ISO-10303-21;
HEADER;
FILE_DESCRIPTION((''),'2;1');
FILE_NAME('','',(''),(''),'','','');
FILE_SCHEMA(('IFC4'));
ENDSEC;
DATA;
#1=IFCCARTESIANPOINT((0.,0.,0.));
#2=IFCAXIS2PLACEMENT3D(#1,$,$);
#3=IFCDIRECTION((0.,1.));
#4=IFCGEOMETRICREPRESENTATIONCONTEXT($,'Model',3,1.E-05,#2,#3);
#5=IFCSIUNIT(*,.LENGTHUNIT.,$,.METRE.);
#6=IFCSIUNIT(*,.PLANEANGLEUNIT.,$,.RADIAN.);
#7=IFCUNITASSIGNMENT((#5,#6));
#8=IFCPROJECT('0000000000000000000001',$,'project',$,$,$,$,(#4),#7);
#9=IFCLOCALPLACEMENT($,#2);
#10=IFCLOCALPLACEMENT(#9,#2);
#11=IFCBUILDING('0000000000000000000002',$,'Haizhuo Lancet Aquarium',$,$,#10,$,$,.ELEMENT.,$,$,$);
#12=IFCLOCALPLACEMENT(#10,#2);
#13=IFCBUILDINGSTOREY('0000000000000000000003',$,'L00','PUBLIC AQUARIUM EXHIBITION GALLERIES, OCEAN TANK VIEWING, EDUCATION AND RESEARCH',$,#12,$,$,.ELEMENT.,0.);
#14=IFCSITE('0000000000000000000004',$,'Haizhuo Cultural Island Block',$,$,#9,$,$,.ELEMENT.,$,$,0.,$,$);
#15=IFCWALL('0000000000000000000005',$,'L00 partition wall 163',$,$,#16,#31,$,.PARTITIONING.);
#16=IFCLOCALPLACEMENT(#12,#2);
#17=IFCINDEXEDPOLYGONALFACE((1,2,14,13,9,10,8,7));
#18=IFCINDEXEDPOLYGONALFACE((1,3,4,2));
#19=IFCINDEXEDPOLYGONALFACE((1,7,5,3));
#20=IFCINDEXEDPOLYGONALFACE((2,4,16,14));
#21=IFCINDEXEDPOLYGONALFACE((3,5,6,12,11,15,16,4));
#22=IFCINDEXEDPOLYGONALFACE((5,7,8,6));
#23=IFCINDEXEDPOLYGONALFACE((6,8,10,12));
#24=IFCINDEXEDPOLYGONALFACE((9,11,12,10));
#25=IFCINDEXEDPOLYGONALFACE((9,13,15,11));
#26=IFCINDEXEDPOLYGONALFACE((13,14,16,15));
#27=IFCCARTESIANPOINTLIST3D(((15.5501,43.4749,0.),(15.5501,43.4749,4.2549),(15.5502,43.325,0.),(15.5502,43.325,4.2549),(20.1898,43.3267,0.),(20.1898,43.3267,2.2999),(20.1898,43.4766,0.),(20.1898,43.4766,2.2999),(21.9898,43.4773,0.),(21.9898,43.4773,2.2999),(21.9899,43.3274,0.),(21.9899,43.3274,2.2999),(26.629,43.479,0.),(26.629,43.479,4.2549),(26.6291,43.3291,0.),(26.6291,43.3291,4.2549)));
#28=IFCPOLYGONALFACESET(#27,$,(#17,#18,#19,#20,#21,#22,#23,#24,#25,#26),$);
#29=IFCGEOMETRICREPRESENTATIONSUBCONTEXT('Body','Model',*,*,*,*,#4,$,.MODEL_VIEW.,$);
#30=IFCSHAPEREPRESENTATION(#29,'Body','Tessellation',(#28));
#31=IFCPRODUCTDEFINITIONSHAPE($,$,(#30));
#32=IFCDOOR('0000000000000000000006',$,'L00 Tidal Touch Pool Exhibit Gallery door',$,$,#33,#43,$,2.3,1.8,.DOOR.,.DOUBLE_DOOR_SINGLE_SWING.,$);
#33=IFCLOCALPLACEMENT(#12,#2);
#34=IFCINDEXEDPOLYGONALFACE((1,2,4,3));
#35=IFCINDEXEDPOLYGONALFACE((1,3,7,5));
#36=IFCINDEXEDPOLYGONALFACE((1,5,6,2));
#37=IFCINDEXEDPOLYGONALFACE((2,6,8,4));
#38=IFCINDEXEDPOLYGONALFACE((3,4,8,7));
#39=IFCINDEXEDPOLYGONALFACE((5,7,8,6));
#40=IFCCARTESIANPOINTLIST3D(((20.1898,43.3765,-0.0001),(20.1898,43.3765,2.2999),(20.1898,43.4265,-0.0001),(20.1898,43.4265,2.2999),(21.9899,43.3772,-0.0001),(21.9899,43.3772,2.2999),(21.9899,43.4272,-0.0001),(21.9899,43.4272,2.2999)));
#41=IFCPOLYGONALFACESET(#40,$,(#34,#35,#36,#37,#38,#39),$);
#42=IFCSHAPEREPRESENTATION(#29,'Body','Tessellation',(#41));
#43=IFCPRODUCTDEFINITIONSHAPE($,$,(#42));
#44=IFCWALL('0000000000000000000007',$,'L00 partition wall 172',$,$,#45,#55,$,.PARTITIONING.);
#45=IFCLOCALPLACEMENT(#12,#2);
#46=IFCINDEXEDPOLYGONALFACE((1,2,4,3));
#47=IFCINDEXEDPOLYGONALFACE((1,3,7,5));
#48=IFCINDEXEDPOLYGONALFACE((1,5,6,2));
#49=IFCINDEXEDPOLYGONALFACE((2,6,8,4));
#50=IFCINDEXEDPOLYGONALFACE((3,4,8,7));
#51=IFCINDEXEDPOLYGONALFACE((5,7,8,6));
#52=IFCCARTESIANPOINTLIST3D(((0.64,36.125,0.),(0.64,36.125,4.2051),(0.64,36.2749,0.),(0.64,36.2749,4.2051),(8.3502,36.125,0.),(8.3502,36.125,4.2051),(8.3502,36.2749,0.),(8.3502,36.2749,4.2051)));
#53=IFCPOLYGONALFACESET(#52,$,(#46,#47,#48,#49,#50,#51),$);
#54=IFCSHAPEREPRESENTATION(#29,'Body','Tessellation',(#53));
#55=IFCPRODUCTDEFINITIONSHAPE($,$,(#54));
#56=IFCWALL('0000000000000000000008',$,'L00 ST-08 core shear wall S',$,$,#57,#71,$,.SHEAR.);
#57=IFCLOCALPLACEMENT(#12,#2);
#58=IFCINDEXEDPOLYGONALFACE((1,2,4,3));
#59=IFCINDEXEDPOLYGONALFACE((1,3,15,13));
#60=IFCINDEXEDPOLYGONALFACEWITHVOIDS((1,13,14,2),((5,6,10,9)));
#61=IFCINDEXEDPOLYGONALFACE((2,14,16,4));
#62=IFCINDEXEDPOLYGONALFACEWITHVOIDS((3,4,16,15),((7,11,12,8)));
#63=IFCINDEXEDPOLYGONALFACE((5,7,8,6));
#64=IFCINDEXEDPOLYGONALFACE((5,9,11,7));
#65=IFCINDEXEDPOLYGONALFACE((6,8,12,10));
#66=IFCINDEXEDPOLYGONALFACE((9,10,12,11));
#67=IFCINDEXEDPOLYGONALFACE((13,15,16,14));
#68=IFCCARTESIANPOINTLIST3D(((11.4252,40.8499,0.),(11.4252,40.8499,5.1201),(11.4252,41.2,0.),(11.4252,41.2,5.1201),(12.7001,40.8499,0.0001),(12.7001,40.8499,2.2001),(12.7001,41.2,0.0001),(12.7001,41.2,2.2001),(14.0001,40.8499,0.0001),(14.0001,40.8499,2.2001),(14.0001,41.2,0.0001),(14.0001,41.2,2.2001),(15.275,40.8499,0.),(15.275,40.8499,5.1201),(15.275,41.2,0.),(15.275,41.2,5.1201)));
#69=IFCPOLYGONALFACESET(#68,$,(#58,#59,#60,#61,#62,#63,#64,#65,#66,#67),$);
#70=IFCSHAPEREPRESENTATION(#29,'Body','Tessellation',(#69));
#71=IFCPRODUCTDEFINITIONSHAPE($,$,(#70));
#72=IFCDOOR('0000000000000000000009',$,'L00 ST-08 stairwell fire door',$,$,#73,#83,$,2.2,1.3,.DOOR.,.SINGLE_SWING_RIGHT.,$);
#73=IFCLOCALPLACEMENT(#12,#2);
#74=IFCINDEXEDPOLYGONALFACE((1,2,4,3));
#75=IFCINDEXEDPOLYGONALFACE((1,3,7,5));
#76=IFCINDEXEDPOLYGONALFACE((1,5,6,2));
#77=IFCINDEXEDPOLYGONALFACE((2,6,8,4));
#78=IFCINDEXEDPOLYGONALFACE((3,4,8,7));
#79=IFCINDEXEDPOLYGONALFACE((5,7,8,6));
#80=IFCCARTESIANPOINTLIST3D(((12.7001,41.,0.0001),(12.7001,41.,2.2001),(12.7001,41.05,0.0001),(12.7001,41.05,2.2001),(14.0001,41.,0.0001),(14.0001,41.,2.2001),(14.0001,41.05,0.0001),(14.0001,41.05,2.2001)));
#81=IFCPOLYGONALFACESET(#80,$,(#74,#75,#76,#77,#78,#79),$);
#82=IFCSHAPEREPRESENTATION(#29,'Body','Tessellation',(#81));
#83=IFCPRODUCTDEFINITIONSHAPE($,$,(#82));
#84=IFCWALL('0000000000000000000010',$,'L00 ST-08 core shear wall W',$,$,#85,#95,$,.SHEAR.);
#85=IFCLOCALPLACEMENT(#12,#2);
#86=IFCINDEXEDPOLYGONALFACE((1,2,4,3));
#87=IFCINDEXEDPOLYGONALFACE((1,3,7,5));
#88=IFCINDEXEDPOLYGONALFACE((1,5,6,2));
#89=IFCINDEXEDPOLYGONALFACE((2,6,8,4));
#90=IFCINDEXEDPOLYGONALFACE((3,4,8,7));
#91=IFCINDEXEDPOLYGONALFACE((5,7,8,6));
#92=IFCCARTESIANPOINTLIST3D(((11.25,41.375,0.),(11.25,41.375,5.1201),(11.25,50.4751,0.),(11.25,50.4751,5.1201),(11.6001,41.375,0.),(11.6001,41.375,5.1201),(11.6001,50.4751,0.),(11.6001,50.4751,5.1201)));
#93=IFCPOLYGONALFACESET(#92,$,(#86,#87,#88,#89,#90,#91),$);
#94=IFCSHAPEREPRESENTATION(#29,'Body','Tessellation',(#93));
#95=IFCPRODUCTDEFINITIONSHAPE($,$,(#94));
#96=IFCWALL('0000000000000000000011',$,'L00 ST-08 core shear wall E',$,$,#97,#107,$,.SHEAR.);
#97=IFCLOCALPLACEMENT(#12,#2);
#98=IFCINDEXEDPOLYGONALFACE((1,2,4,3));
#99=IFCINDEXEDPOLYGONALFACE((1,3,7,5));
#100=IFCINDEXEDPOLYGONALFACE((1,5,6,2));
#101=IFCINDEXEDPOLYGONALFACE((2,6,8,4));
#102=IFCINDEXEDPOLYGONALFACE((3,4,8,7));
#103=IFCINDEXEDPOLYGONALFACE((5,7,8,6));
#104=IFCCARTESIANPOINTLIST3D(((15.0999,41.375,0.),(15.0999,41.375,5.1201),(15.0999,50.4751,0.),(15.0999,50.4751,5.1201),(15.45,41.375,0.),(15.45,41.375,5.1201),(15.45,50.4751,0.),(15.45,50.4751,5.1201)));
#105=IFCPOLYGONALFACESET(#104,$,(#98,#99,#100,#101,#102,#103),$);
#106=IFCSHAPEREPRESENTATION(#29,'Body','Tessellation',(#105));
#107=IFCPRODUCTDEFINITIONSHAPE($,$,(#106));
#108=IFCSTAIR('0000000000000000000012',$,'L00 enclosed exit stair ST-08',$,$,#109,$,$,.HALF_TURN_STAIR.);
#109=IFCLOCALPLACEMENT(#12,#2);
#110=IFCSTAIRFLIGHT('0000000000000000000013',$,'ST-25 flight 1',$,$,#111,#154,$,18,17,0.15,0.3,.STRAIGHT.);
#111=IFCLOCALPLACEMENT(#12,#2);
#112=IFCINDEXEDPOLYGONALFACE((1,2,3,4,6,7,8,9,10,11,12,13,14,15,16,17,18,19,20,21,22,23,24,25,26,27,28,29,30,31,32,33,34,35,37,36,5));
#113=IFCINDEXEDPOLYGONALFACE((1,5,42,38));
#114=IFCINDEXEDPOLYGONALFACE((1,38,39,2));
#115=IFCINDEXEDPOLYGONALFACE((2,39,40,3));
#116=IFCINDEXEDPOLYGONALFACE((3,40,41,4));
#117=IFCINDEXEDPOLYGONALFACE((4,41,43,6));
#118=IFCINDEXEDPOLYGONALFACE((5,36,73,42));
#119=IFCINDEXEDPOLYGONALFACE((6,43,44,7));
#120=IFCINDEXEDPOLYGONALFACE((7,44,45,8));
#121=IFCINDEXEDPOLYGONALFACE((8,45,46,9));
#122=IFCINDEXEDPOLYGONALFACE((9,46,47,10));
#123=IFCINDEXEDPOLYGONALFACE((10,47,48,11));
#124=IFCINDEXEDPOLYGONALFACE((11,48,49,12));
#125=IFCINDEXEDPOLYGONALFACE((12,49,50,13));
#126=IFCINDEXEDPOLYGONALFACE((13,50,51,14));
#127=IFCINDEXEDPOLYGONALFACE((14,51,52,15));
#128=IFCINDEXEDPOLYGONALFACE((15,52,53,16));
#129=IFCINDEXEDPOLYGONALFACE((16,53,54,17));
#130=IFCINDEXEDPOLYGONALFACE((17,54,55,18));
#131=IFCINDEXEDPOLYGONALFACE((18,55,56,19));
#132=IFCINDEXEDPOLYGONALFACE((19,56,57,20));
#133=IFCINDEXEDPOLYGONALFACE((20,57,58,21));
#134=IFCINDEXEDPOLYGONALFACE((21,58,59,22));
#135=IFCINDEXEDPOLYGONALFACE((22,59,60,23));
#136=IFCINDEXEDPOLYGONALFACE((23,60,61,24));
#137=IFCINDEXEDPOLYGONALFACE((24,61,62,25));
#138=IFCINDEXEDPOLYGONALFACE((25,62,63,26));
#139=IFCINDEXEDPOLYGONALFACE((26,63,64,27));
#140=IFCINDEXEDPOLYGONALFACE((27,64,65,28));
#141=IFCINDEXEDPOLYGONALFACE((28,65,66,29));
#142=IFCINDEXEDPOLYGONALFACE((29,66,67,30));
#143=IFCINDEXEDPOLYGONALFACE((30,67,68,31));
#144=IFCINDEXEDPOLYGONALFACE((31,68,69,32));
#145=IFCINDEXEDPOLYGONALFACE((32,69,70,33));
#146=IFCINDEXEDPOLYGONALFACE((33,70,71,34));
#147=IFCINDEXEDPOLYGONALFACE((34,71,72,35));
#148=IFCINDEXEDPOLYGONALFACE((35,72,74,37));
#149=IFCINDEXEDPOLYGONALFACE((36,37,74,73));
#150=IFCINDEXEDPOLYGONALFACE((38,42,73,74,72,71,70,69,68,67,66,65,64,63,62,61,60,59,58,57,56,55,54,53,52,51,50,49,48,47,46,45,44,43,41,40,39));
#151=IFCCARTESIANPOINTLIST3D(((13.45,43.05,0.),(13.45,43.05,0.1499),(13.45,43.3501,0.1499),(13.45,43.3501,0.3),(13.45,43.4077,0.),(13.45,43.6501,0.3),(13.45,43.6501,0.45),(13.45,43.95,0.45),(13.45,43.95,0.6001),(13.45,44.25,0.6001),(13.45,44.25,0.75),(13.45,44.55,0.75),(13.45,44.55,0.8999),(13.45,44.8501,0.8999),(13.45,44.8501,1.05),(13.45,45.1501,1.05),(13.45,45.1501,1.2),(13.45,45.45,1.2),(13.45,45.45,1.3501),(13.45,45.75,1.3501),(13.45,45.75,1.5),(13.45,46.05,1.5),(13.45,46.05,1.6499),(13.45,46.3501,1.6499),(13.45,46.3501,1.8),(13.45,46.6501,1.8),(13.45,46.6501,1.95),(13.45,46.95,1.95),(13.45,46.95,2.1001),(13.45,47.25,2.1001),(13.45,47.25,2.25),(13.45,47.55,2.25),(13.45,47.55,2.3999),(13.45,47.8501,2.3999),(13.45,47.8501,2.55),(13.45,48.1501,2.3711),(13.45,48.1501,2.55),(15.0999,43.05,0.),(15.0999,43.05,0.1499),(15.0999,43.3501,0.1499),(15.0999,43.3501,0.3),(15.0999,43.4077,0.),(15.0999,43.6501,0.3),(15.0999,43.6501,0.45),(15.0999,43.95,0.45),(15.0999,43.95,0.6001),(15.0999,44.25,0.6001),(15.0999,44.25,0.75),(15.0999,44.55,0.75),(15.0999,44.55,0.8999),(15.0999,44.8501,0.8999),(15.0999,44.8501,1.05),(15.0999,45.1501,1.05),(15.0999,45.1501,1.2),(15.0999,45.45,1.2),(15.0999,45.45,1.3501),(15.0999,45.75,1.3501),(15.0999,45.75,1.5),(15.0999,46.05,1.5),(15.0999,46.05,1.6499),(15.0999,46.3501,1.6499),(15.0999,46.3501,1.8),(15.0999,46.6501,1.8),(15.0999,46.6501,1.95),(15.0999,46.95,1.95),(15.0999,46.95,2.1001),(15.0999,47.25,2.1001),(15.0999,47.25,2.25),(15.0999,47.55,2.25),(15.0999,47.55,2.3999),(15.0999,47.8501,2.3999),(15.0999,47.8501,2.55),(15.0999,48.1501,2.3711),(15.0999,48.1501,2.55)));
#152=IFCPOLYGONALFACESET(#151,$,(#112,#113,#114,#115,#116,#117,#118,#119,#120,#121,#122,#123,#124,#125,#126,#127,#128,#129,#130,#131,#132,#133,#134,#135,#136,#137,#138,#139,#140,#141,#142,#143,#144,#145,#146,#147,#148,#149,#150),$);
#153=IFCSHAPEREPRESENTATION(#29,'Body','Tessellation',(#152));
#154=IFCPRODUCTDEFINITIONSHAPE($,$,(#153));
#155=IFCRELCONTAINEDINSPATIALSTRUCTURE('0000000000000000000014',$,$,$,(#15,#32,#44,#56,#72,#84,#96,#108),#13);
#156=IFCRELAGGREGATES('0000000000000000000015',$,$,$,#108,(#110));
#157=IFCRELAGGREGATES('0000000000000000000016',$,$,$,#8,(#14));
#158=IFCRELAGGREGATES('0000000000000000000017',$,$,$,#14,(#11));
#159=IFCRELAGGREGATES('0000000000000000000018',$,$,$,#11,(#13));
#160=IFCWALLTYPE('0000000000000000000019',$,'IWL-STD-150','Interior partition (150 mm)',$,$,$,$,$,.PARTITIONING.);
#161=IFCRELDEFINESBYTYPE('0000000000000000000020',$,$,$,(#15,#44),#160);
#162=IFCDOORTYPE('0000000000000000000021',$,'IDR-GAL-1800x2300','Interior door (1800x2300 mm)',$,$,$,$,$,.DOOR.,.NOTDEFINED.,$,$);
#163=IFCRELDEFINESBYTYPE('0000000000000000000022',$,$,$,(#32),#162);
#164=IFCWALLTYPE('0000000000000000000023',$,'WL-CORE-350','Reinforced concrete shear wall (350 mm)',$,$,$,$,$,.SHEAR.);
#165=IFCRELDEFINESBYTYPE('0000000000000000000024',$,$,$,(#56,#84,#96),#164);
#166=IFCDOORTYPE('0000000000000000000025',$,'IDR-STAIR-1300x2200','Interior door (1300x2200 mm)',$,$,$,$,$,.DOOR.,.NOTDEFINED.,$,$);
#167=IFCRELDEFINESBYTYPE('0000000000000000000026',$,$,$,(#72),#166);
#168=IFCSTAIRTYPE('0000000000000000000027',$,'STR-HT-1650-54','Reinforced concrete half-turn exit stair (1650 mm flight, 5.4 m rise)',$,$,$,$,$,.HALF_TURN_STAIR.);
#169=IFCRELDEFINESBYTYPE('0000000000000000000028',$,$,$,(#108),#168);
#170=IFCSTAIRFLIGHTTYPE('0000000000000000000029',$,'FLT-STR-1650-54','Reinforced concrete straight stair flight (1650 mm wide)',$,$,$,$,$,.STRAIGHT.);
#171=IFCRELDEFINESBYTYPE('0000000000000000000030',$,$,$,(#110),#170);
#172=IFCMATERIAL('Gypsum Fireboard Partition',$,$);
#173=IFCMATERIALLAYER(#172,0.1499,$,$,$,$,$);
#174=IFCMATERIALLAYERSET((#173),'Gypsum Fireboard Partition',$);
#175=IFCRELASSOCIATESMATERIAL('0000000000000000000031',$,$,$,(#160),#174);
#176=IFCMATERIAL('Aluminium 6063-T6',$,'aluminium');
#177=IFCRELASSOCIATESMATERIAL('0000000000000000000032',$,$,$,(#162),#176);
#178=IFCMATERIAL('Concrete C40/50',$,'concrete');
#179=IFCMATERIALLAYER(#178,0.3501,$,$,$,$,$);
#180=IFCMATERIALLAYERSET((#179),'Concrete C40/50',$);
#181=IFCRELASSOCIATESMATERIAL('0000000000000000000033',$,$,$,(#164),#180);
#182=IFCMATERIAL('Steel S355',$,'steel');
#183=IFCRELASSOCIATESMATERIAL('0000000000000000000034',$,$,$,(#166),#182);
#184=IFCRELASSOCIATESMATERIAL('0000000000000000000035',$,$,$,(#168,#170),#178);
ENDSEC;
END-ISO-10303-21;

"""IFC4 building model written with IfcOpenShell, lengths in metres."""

from ifc_helpers import new_model, si_unit, direction, frame, frame_2d, origin, place, context, subcontext, project, spatial, polyline, rectangle, outline, extrude, material, layer, layer_set, type_object, element, fill, aggregate, save


model = new_model("IFC4")

# Units and contexts
model_context = context("Model", 3, precision=1e-05, world=origin(), true_north=direction((0.0, 1.0)))
body_context = subcontext(model_context, "Body", "Model", "MODEL_VIEW")
ifc_project = project(units=[si_unit("LENGTHUNIT", "METRE"), si_unit("PLANEANGLEUNIT", "RADIAN")], contexts=[model_context])

# Site, building, storey
site_placement = place(None, origin())
site = spatial("IfcSite", under=ifc_project, at=site_placement, Name="Haizhuo Cultural Island Block", CompositionType="ELEMENT", RefElevation=0.0)
building_placement = place(site_placement, origin())
building = spatial("IfcBuilding", under=site, at=building_placement, Name="Haizhuo Lancet Aquarium", CompositionType="ELEMENT")
storey_placement = place(building_placement, origin())
storey = spatial("IfcBuildingStorey", under=building, at=storey_placement, Name="L00", Description="PUBLIC AQUARIUM EXHIBITION GALLERIES, OCEAN TANK VIEWING, EDUCATION AND RESEARCH", CompositionType="ELEMENT", Elevation=0.0)

# Shared definitions
ifc_material_1 = material(Name="Concrete C40/50", Category="concrete")

# Shared definitions
ifc_material_2 = material(Name="Aluminium 6063-T6", Category="aluminium")

# Shared definitions
ifc_material_3 = material(Name="Steel S355", Category="steel")

# Wall, opening, door
ifc_material_4 = material(Name="Gypsum Fireboard Partition")
ifc_layer_1 = layer(ifc_material_4, 0.1499)
ifc_layer_set_1 = layer_set([ifc_layer_1], Name="Gypsum Fireboard Partition")
wall_type_1 = type_object("IfcWallType", Name="IWL-STD-150", Description="Interior partition (150 mm)", PredefinedType="PARTITIONING", material=ifc_layer_set_1)
wall_1_placement = place(storey_placement, frame((15.55, 43.3999, 0.0), z_axis=(0.0, 0.0, 1.0), x_axis=(1.0, 0.000375, 0.0)))
wall_1 = element("IfcWall", 1, at=wall_1_placement, inside=storey, type_object=wall_type_1, Name="L00 partition wall 163", PredefinedType="PARTITIONING", context=body_context, shape_type="SweptSolid", body=[
    extrude(rectangle(XDim=11.0789, YDim=0.1499, at=frame_2d((5.5396, 0.0))), origin(), (0.0, 0.0, 1.0), 4.2549),
])
opening_1_placement = place(wall_1_placement, frame((4.6399, 0.0, 0.0)))
opening_1 = element("IfcOpeningElement", 2, at=opening_1_placement, cuts=wall_1, PredefinedType="OPENING", context=body_context, shape_type="SweptSolid", body=[
    extrude(rectangle(XDim=1.8, YDim=2.3, at=frame_2d((0.8999, 1.1499))), frame((0.0, 0.085, 0.0), z_axis=(0.0, -1.0, 0.0), x_axis=(1.0, 0.0, 0.0)), (0.0, 0.0, 1.0), 0.1699),
])
door_type_1 = type_object("IfcDoorType", Name="IDR-GAL-1800x2300", Description="Interior door (1800x2300 mm)", OperationType="NOTDEFINED", PredefinedType="DOOR", material=ifc_material_2)
door_1_placement = place(opening_1_placement, origin())
door_1 = element("IfcDoor", 3, at=door_1_placement, inside=storey, type_object=door_type_1, Name="L00 Tidal Touch Pool Exhibit Gallery door", OperationType="DOUBLE_DOOR_SINGLE_SWING", OverallHeight=2.3, OverallWidth=1.8, PredefinedType="DOOR", context=body_context, shape_type="SweptSolid", body=[
    extrude(rectangle(XDim=1.8, YDim=2.3, at=frame_2d((0.8999, 1.1499))), frame((0.0, 0.0249, 0.0), z_axis=(0.0, -1.0, 0.0), x_axis=(1.0, 0.0, 0.0)), (0.0, 0.0, 1.0), 0.05),
])
fill(opening_1, door_1)

# Wall
wall_2_placement = place(storey_placement, frame((8.3501, 36.2, 0.0), z_axis=(0.0, 0.0, 1.0), x_axis=(-1.0, 0.0, 0.0)))
element("IfcWall", 4, at=wall_2_placement, inside=storey, type_object=wall_type_1, Name="L00 partition wall 172", PredefinedType="PARTITIONING", context=body_context, shape_type="SweptSolid", body=[
    extrude(rectangle(XDim=7.7102, YDim=0.1499, at=frame_2d((3.855, 0.0))), origin(), (0.0, 0.0, 1.0), 4.2051),
])

# Wall, opening, door
ifc_layer_2 = layer(ifc_material_1, 0.3501)
ifc_layer_set_2 = layer_set([ifc_layer_2], Name="Concrete C40/50")
wall_type_2 = type_object("IfcWallType", Name="WL-CORE-350", Description="Reinforced concrete shear wall (350 mm)", PredefinedType="SHEAR", material=ifc_layer_set_2)
wall_3_placement = place(storey_placement, frame((15.2749, 41.0249, 0.0), z_axis=(0.0, 0.0, 1.0), x_axis=(-1.0, 0.0, 0.0)))
wall_3 = element("IfcWall", 5, at=wall_3_placement, inside=storey, type_object=wall_type_2, Name="L00 ST-08 core shear wall S", PredefinedType="SHEAR", context=body_context, shape_type="SweptSolid", body=[
    extrude(rectangle(XDim=3.8499, YDim=0.3501, at=frame_2d((1.9248, 0.0))), origin(), (0.0, 0.0, 1.0), 5.1201),
])
opening_2_placement = place(wall_3_placement, frame((1.2749, 0.0, 0.0)))
opening_2 = element("IfcOpeningElement", 6, at=opening_2_placement, cuts=wall_3, PredefinedType="OPENING", context=body_context, shape_type="SweptSolid", body=[
    extrude(rectangle(XDim=1.3, YDim=2.2, at=frame_2d((0.6499, 1.1001))), frame((0.0, 0.1851, 0.0), z_axis=(0.0, -1.0, 0.0), x_axis=(1.0, 0.0, 0.0)), (0.0, 0.0, 1.0), 0.3701),
])
door_type_2 = type_object("IfcDoorType", Name="IDR-STAIR-1300x2200", Description="Interior door (1300x2200 mm)", OperationType="NOTDEFINED", PredefinedType="DOOR", material=ifc_material_3)
door_2_placement = place(opening_2_placement, origin())
door_2 = element("IfcDoor", 7, at=door_2_placement, inside=storey, type_object=door_type_2, Name="L00 ST-08 stairwell fire door", OperationType="SINGLE_SWING_RIGHT", OverallHeight=2.2, OverallWidth=1.3, PredefinedType="DOOR", context=body_context, shape_type="SweptSolid", body=[
    extrude(rectangle(XDim=1.3, YDim=2.2, at=frame_2d((0.6499, 1.1001))), frame((0.0, 0.0249, 0.0), z_axis=(0.0, -1.0, 0.0), x_axis=(1.0, 0.0, 0.0)), (0.0, 0.0, 1.0), 0.05),
])
fill(opening_2, door_2)

# Walls
for number, where, z_axis, x_axis, name in (
    (8, (11.425, 41.375, 0.0), (0.0, 0.0, 1.0), (0.0, 1.0, 0.0), "L00 ST-08 core shear wall W"),
    (9, (15.2749, 41.375, 0.0), (0.0, 0.0, 1.0), (0.0, 1.0, 0.0), "L00 ST-08 core shear wall E"),
):
    element("IfcWall", number, at=place(storey_placement, frame(where, z_axis=z_axis, x_axis=x_axis)), inside=storey, type_object=wall_type_2, Name=name, PredefinedType="SHEAR", context=body_context, shape_type="SweptSolid", body=[
        extrude(rectangle(XDim=9.1001, YDim=0.3501, at=frame_2d((4.55, 0.0))), origin(), (0.0, 0.0, 1.0), 5.1201),
    ])

# Stair, stair flight
stair_type = type_object("IfcStairType", Name="STR-HT-1650-54", Description="Reinforced concrete half-turn exit stair (1650 mm flight, 5.4 m rise)", PredefinedType="HALF_TURN_STAIR", material=ifc_material_1)
stair_placement = place(storey_placement, origin())
stair = element("IfcStair", 10, at=stair_placement, inside=storey, type_object=stair_type, Name="L00 enclosed exit stair ST-08", PredefinedType="HALF_TURN_STAIR")
stair_flight_type = type_object("IfcStairFlightType", Name="FLT-STR-1650-54", Description="Reinforced concrete straight stair flight (1650 mm wide)", PredefinedType="STRAIGHT", material=ifc_material_1)
stair_flight_1_placement = place(storey_placement, frame((14.2749, 43.05, 0.0), z_axis=(0.0, 0.0, 1.0), x_axis=(0.0, 1.0, 0.0)))
stair_flight_1 = element("IfcStairFlight", 11, at=stair_flight_1_placement, type_object=stair_flight_type, Name="ST-25 flight 1", NumberOfRisers=18, NumberOfTreads=17, PredefinedType="STRAIGHT", RiserHeight=0.15, TreadLength=0.3, context=body_context, shape_type="SweptSolid", body=[
    extrude(outline(polyline([(0.0, 0.0), (0.0, 0.1499), (0.3, 0.1499), (0.3, 0.3), (0.6001, 0.3), (0.6001, 0.45), (0.8999, 0.45), (0.8999, 0.6001), (1.2, 0.6001), (1.2, 0.75), (1.5, 0.75), (1.5, 0.8999), (1.8, 0.8999), (1.8, 1.05), (2.1001, 1.05), (2.1001, 1.2), (2.3999, 1.2), (2.3999, 1.3501), (2.7, 1.3501), (2.7, 1.5), (3.0, 1.5), (3.0, 1.6499), (3.3, 1.6499), (3.3, 1.8), (3.6001, 1.8), (3.6001, 1.95), (3.8999, 1.95), (3.8999, 2.1001), (4.2, 2.1001), (4.2, 2.25), (4.5, 2.25), (4.5, 2.3999), (4.8, 2.3999), (4.8, 2.55), (5.1001, 2.55), (5.1001, 2.7), (5.1001, 2.3711), (0.3577, 0.0), (0.0, 0.0)])), frame((0.0, 0.825, 0.0), z_axis=(0.0, -1.0, 0.0), x_axis=(1.0, 0.0, 0.0)), (0.0, 0.0, 1.0), 1.6499),
])
aggregate(stair, [stair_flight_1])

save(model, "model.ifc")
